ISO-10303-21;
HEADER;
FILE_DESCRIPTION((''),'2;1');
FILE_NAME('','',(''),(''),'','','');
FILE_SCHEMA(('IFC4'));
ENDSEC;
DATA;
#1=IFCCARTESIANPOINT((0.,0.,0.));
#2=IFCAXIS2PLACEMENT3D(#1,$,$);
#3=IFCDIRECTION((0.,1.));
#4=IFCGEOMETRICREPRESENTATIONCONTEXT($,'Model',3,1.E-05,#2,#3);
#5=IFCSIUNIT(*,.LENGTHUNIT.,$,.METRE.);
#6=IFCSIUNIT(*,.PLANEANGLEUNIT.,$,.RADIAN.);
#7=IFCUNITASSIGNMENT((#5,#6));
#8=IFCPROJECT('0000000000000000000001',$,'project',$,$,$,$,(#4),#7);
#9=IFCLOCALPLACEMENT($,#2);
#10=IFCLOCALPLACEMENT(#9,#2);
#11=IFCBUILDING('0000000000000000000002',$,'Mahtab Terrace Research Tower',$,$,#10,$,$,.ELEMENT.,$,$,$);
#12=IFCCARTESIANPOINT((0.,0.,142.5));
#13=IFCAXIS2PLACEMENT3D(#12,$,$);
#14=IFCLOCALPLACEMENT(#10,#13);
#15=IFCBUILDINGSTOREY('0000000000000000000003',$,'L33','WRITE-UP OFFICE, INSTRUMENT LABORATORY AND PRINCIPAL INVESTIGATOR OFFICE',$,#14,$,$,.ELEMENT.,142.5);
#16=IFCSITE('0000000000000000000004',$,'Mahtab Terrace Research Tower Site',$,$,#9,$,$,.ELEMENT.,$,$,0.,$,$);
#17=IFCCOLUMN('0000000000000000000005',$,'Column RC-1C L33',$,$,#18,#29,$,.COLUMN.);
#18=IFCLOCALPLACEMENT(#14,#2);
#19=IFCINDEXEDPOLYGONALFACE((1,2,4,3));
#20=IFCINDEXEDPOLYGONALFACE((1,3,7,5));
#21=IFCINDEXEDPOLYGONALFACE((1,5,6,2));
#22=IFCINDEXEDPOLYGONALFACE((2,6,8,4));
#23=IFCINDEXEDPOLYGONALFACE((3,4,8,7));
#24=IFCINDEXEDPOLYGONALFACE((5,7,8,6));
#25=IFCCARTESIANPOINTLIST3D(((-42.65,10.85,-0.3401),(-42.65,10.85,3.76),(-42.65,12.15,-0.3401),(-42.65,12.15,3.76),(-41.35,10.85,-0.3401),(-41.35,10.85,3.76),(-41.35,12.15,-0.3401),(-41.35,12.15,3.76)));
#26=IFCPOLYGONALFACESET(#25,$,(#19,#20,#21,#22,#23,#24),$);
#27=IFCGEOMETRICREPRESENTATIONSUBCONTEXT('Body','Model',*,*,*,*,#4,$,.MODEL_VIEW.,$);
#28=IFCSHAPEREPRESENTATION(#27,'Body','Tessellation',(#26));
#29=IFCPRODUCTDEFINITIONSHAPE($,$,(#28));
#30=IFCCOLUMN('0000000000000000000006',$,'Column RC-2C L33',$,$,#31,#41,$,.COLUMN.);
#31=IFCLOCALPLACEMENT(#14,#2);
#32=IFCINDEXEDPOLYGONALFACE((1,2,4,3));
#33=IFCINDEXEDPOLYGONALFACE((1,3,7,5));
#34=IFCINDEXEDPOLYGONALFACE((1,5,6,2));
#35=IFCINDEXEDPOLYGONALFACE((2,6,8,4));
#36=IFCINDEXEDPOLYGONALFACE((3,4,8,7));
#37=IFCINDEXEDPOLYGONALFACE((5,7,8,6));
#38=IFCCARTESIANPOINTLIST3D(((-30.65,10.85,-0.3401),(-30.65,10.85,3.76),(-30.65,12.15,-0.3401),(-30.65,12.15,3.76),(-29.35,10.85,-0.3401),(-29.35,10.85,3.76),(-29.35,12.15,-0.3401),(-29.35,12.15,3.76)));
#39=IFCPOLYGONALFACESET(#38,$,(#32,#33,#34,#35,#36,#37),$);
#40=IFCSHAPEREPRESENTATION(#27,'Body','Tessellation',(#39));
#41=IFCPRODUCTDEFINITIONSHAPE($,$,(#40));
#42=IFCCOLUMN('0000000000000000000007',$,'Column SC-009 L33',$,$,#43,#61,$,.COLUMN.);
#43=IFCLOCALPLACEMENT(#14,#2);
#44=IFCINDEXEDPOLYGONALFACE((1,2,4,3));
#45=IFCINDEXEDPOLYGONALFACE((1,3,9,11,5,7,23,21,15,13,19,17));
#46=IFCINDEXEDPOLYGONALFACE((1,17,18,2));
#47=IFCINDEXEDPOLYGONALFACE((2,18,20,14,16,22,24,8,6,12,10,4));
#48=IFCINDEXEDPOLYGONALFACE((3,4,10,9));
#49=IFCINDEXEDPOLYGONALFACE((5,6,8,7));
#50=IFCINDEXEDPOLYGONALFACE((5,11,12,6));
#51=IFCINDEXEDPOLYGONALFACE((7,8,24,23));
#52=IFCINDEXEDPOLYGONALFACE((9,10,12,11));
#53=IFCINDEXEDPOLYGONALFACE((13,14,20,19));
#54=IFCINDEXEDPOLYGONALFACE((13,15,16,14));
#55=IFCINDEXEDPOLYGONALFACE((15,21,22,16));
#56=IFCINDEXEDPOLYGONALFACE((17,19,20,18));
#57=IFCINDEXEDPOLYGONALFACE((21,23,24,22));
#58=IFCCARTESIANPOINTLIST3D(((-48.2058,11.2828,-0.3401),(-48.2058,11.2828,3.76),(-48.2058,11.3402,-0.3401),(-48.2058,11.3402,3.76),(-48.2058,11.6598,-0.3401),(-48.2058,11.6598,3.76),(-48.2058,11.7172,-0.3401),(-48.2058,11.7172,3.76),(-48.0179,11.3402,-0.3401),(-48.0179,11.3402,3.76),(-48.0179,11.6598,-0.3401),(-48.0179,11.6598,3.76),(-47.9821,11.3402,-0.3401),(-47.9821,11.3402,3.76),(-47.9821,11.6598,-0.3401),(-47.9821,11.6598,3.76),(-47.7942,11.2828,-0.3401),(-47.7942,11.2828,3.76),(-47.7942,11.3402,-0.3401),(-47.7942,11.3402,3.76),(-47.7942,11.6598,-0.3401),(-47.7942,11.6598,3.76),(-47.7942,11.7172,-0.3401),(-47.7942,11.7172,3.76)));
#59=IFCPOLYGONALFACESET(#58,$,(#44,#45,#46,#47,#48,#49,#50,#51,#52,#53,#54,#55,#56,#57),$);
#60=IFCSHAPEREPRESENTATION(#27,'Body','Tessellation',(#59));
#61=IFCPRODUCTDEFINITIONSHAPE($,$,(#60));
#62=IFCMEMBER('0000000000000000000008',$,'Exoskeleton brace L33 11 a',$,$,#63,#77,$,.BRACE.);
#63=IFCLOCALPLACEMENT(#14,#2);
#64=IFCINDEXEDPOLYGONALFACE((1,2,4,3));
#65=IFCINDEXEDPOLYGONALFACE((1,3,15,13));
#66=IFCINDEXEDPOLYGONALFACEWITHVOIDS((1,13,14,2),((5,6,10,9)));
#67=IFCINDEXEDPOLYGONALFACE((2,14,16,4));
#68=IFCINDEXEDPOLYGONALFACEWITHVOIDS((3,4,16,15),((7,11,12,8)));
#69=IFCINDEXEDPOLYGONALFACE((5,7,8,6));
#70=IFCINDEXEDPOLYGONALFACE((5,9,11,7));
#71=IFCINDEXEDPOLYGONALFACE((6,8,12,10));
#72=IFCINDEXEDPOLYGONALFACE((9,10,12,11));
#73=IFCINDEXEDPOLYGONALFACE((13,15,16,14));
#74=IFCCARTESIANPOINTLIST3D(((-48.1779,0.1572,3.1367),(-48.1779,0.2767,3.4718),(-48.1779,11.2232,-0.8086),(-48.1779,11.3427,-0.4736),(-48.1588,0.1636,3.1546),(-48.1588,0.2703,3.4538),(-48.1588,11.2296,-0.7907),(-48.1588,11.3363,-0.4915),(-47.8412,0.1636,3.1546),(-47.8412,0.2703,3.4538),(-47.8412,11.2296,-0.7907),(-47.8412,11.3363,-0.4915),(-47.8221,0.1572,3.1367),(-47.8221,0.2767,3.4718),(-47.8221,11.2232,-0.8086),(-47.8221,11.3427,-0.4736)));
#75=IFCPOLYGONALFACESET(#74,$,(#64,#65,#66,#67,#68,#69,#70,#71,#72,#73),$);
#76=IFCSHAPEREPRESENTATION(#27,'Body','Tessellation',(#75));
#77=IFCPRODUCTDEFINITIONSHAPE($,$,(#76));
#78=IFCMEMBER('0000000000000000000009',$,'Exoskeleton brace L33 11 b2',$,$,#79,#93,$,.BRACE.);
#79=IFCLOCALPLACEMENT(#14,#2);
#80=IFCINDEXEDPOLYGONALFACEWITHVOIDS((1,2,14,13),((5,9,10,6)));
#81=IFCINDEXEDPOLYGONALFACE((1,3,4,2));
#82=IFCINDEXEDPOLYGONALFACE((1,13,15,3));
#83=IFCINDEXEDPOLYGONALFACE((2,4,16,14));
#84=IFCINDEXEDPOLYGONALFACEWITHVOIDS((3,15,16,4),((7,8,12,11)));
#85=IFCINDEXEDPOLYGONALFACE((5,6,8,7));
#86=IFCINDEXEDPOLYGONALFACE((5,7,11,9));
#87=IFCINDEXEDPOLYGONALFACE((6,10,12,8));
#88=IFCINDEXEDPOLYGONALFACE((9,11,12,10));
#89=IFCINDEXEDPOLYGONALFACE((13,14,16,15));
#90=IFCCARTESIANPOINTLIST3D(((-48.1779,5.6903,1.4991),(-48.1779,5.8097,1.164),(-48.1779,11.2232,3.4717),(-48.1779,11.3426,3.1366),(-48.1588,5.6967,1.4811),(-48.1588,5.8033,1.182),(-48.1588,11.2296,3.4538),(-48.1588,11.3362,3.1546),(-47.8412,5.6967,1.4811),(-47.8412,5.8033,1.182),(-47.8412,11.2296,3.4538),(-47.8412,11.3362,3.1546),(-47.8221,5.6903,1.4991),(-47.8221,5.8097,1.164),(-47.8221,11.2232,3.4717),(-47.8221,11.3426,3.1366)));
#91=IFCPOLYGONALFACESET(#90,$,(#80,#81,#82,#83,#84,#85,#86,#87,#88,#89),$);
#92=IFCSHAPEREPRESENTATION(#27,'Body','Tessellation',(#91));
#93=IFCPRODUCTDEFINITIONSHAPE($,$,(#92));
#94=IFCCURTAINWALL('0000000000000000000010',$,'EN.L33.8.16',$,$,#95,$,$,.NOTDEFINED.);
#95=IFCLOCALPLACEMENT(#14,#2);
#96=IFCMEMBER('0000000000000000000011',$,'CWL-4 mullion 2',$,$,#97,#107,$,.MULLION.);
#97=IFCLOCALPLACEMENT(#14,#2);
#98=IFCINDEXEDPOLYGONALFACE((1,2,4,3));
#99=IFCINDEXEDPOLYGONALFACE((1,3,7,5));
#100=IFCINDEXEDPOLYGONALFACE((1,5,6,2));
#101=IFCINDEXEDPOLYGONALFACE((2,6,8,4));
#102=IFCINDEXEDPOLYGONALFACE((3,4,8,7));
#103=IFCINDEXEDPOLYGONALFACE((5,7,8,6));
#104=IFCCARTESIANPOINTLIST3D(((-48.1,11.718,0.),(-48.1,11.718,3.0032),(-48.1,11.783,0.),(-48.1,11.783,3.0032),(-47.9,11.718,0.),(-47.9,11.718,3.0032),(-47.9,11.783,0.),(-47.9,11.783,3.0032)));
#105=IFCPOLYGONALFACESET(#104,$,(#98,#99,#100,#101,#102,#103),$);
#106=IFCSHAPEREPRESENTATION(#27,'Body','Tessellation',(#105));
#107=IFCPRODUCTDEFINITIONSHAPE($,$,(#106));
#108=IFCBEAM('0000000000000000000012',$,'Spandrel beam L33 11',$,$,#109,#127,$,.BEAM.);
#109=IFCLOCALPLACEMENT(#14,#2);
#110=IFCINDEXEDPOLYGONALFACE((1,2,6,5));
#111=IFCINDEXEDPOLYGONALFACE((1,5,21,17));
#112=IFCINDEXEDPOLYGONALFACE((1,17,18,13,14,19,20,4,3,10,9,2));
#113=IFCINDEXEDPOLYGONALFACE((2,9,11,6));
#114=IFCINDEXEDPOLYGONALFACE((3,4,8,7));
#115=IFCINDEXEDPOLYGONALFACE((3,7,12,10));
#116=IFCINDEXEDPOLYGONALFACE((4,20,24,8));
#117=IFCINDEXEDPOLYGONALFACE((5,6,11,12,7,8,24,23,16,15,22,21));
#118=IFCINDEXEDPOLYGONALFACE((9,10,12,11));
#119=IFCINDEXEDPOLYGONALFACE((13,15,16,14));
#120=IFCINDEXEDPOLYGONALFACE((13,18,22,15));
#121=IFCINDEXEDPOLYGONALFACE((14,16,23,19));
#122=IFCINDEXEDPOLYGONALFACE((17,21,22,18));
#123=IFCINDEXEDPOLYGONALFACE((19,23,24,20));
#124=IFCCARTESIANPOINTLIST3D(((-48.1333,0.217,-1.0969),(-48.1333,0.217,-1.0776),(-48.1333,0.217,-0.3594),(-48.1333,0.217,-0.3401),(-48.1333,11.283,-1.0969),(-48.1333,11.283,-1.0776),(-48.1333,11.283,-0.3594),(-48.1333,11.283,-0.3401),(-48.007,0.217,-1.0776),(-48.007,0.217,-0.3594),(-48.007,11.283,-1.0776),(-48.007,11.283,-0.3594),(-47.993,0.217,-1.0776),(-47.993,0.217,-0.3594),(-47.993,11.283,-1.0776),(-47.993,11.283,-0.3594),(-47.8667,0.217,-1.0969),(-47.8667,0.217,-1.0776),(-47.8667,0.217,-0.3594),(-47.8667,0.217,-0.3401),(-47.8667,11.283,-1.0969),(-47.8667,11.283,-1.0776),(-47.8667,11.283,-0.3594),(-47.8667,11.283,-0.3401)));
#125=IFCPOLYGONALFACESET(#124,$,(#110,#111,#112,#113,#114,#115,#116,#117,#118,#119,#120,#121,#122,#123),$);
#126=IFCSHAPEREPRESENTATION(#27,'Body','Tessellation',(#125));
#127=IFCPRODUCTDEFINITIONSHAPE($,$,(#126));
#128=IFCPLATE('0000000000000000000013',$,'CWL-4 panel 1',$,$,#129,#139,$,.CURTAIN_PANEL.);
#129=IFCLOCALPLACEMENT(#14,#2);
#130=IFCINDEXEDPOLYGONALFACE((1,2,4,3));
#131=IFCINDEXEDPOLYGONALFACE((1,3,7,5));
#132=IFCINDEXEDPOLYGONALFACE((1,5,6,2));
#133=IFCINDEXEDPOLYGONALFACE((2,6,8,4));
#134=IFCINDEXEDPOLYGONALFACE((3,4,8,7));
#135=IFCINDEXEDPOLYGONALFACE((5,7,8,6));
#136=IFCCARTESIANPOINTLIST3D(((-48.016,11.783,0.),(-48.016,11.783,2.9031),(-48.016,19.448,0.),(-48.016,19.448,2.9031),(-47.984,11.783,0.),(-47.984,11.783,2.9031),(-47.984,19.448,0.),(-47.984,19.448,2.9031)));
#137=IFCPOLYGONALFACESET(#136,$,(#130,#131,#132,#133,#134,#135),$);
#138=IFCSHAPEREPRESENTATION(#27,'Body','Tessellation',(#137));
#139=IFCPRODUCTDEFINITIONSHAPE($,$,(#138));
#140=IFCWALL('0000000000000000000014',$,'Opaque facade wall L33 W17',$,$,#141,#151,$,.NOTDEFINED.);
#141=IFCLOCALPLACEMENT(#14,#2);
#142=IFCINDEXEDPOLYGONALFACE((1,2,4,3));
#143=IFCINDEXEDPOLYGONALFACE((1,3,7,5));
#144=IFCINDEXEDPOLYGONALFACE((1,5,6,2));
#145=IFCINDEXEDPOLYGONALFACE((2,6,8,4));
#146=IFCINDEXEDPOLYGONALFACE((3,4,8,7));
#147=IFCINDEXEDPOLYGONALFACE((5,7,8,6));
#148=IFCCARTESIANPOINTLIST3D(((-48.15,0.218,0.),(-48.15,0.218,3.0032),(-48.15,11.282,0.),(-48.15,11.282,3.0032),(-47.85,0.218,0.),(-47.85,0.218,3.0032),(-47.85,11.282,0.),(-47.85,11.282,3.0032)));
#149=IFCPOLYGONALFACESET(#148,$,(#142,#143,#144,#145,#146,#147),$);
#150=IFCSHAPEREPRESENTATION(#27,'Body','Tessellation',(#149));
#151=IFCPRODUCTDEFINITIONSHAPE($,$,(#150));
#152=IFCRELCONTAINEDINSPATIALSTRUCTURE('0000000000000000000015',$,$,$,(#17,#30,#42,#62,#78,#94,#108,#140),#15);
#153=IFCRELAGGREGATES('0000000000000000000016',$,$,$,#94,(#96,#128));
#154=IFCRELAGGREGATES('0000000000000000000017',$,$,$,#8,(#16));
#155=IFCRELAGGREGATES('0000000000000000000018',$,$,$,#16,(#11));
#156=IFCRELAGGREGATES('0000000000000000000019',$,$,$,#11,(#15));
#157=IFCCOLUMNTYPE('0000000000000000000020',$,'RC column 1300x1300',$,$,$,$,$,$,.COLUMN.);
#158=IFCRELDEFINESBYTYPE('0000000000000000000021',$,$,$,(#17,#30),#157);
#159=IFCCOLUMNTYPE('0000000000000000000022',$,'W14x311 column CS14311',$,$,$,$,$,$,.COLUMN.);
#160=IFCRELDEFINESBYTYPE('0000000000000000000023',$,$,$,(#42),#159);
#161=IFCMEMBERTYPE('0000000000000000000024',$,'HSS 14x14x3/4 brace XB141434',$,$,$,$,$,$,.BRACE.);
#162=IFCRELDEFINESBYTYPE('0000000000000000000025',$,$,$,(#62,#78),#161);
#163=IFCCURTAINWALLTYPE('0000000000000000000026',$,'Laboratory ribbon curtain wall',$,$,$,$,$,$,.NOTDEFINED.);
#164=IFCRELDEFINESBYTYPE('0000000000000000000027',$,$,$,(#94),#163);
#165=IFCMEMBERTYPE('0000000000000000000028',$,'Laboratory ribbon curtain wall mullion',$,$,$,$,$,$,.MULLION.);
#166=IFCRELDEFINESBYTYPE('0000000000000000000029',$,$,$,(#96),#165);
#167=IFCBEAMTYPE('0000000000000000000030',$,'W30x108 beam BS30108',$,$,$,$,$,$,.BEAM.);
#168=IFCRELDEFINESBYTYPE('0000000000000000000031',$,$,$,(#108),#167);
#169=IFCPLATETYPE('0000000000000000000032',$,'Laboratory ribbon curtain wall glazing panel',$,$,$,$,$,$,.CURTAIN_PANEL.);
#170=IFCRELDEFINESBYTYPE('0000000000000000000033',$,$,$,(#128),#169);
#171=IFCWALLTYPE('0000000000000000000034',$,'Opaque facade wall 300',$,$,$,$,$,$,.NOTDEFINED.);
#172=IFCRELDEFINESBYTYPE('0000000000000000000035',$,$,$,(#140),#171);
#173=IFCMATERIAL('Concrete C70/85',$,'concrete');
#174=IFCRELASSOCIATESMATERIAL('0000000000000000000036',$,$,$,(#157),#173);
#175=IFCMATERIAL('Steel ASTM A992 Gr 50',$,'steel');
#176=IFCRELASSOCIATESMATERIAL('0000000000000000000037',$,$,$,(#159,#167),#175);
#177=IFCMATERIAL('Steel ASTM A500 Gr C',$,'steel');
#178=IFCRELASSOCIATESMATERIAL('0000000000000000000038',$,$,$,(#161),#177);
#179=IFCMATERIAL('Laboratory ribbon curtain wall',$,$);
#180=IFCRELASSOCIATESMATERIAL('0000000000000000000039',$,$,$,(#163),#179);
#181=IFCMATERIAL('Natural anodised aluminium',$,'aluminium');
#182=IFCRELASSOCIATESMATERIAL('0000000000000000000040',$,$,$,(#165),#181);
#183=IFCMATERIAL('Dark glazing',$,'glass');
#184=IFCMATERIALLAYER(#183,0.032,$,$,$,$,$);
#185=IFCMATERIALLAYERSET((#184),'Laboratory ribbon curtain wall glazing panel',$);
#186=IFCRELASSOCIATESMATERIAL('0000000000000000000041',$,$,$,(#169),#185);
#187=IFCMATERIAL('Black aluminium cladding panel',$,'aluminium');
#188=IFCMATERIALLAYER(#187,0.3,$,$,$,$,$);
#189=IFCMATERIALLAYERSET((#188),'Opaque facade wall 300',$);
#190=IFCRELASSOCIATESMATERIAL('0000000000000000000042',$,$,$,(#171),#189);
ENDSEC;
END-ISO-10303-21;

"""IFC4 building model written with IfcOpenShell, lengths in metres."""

from ifc_helpers import new_model, si_unit, direction, frame, frame_2d, origin, origin_2d, place, context, subcontext, project, spatial, rectangle, hollow_rectangle, i_section, extrude, material, layer, layer_set, material_profile, profile_set, type_object, element, aggregate, save


model = new_model("IFC4")

# Units and contexts
model_context = context("Model", 3, precision=1e-05, world=origin(), true_north=direction((0.0, 1.0)))
body_context = subcontext(model_context, "Body", "Model", "MODEL_VIEW")
ifc_project = project(units=[si_unit("LENGTHUNIT", "METRE"), si_unit("PLANEANGLEUNIT", "RADIAN")], contexts=[model_context])

# Site, building, storey
site_placement = place(None, origin())
site = spatial("IfcSite", under=ifc_project, at=site_placement, Name="Mahtab Terrace Research Tower Site", CompositionType="ELEMENT", RefElevation=0.0)
building_placement = place(site_placement, origin())
building = spatial("IfcBuilding", under=site, at=building_placement, Name="Mahtab Terrace Research Tower", CompositionType="ELEMENT")
storey_placement = place(building_placement, frame((0.0, 0.0, 142.5)))
storey = spatial("IfcBuildingStorey", under=building, at=storey_placement, Name="L33", Description="WRITE-UP OFFICE, INSTRUMENT LABORATORY AND PRINCIPAL INVESTIGATOR OFFICE", CompositionType="ELEMENT", Elevation=142.5)

# Columns
ifc_material_1 = material(Name="Concrete C70/85", Category="concrete")
ifc_material_profile_1 = material_profile(ifc_material_1, rectangle(XDim=1.3, YDim=1.3, at=origin_2d()), Name="RC column 1300x1300")
ifc_profile_set_1 = profile_set([ifc_material_profile_1], Name="Concrete C70/85")
column_type_1 = type_object("IfcColumnType", Name="RC column 1300x1300", PredefinedType="COLUMN", material=ifc_profile_set_1)
for number, where, z_axis, x_axis, name in (
    (1, (-42.0, 11.5, -0.3401), (0.0, 0.0, 1.0), (1.0, 0.0, 0.0), "Column RC-1C L33"),
    (2, (-30.0, 11.5, -0.3401), (0.0, 0.0, 1.0), (1.0, 0.0, 0.0), "Column RC-2C L33"),
):
    element("IfcColumn", number, at=place(storey_placement, frame(where, z_axis=z_axis, x_axis=x_axis)), inside=storey, type_object=column_type_1, Name=name, PredefinedType="COLUMN", context=body_context, shape_type="SweptSolid", body=[
        extrude(rectangle(XDim=1.3, YDim=1.3, at=origin_2d()), origin(), (0.0, 0.0, 1.0), 4.1001),
    ])
ifc_material_2 = material(Name="Steel ASTM A992 Gr 50", Category="steel")
ifc_material_profile_2 = material_profile(ifc_material_2, i_section(OverallWidth=0.4116, OverallDepth=0.4343, WebThickness=0.0359, FlangeThickness=0.0574, at=origin_2d()), Name="W14X311")
ifc_profile_set_2 = profile_set([ifc_material_profile_2], Name="Steel ASTM A992 Gr 50")
column_type_2 = type_object("IfcColumnType", Name="W14x311 column CS14311", PredefinedType="COLUMN", material=ifc_profile_set_2)
column_placement = place(storey_placement, frame((-48.0, 11.5, -0.3401), z_axis=(0.0, 0.0, 1.0), x_axis=(1.0, 0.0, 0.0)))
element("IfcColumn", 3, at=column_placement, inside=storey, type_object=column_type_2, Name="Column SC-009 L33", PredefinedType="COLUMN", context=body_context, shape_type="SweptSolid", body=[
    extrude(i_section(OverallWidth=0.4116, OverallDepth=0.4343, WebThickness=0.0359, FlangeThickness=0.0574, at=origin_2d()), origin(), (0.0, 0.0, 1.0), 4.1001),
])

# Members
ifc_material_3 = material(Name="Steel ASTM A500 Gr C", Category="steel")
ifc_material_profile_3 = material_profile(ifc_material_3, hollow_rectangle(XDim=0.3557, YDim=0.3557, WallThickness=0.019, at=origin_2d()), Name="HSS14X14X3/4")
ifc_profile_set_3 = profile_set([ifc_material_profile_3], Name="Steel ASTM A500 Gr C")
member_type_1 = type_object("IfcMemberType", Name="HSS 14x14x3/4 brace XB141434", PredefinedType="BRACE", material=ifc_profile_set_3)
member_1_placement = place(storey_placement, frame((-48.0, 11.283, -0.6411), z_axis=(0.0, -0.941925, 0.335823), x_axis=(1.0, 0.0, 0.0)))
element("IfcMember", 4, at=member_1_placement, inside=storey, type_object=member_type_1, Name="Exoskeleton brace L33 11 a", PredefinedType="BRACE", context=body_context, shape_type="SweptSolid", body=[
    extrude(hollow_rectangle(XDim=0.3557, YDim=0.3557, WallThickness=0.019, at=origin_2d()), origin(), (0.0, 0.0, 1.0), 11.7483),
])
member_2_placement = place(storey_placement, frame((-48.0, 5.75, 1.3315), z_axis=(0.0, 0.941925, 0.335823), x_axis=(-1.0, 0.0, 0.0)))
element("IfcMember", 5, at=member_2_placement, inside=storey, type_object=member_type_1, Name="Exoskeleton brace L33 11 b2", PredefinedType="BRACE", context=body_context, shape_type="SweptSolid", body=[
    extrude(hollow_rectangle(XDim=0.3557, YDim=0.3557, WallThickness=0.019, at=origin_2d()), origin(), (0.0, 0.0, 1.0), 5.874),
])

# Curtain wall, member
ifc_material_4 = material(Name="Laboratory ribbon curtain wall")
curtain_wall_type = type_object("IfcCurtainWallType", Name="Laboratory ribbon curtain wall", PredefinedType="NOTDEFINED", material=ifc_material_4)
curtain_wall_placement = place(storey_placement, origin())
curtain_wall = element("IfcCurtainWall", 6, at=curtain_wall_placement, inside=storey, type_object=curtain_wall_type, Name="EN.L33.8.16", PredefinedType="NOTDEFINED")
ifc_material_5 = material(Name="Natural anodised aluminium", Category="aluminium")
ifc_material_profile_4 = material_profile(ifc_material_5, rectangle(XDim=0.2, YDim=0.0649, at=origin_2d()), Name="MULLION 65x200")
ifc_profile_set_4 = profile_set([ifc_material_profile_4], Name="Natural anodised aluminium")
member_type_2 = type_object("IfcMemberType", Name="Laboratory ribbon curtain wall mullion", PredefinedType="MULLION", material=ifc_profile_set_4)
member_3_placement = place(storey_placement, frame((-48.0, 11.7505, 0.0), z_axis=(0.0, 0.0, 1.0), x_axis=(1.0, 0.0, 0.0)))
member_3 = element("IfcMember", 7, at=member_3_placement, type_object=member_type_2, Name="CWL-4 mullion 2", PredefinedType="MULLION", context=body_context, shape_type="SweptSolid", body=[
    extrude(rectangle(XDim=0.2, YDim=0.0649, at=origin_2d()), origin(), (0.0, 0.0, 1.0), 3.0032),
])

# Beam
ifc_material_profile_5 = material_profile(ifc_material_2, i_section(OverallWidth=0.2666, OverallDepth=0.7568, WebThickness=0.0139, FlangeThickness=0.0193, at=origin_2d()), Name="W30X108")
ifc_profile_set_5 = profile_set([ifc_material_profile_5], Name="Steel ASTM A992 Gr 50")
beam_type = type_object("IfcBeamType", Name="W30x108 beam BS30108", PredefinedType="BEAM", material=ifc_profile_set_5)
beam_placement = place(storey_placement, frame((-48.0, 11.283, -0.7185), z_axis=(0.0, -1.0, 0.0), x_axis=(1.0, 0.0, 0.0)))
element("IfcBeam", 8, at=beam_placement, inside=storey, type_object=beam_type, Name="Spandrel beam L33 11", PredefinedType="BEAM", context=body_context, shape_type="SweptSolid", body=[
    extrude(i_section(OverallWidth=0.2666, OverallDepth=0.7568, WebThickness=0.0139, FlangeThickness=0.0193, at=origin_2d()), origin(), (0.0, 0.0, 1.0), 11.0659),
])

# Plate
ifc_material_6 = material(Name="Dark glazing", Category="glass")
ifc_layer_1 = layer(ifc_material_6, 0.032)
ifc_layer_set_1 = layer_set([ifc_layer_1], Name="Laboratory ribbon curtain wall glazing panel")
plate_type = type_object("IfcPlateType", Name="Laboratory ribbon curtain wall glazing panel", PredefinedType="CURTAIN_PANEL", material=ifc_layer_set_1)
plate_placement = place(storey_placement, frame((-48.0, 15.6155, 0.0), z_axis=(0.0, 0.0, 1.0), x_axis=(0.0, -1.0, 0.0)))
plate = element("IfcPlate", 9, at=plate_placement, type_object=plate_type, Name="CWL-4 panel 1", PredefinedType="CURTAIN_PANEL", context=body_context, shape_type="SweptSolid", body=[
    extrude(rectangle(XDim=7.665, YDim=0.032, at=origin_2d()), origin(), (0.0, 0.0, 1.0), 2.9031),
])
aggregate(curtain_wall, [member_3, plate])

# Wall
ifc_material_7 = material(Name="Black aluminium cladding panel", Category="aluminium")
ifc_layer_2 = layer(ifc_material_7, 0.3)
ifc_layer_set_2 = layer_set([ifc_layer_2], Name="Opaque facade wall 300")
wall_type_1 = type_object("IfcWallType", Name="Opaque facade wall 300", PredefinedType="NOTDEFINED", material=ifc_layer_set_2)
wall_1_placement = place(storey_placement, frame((-48.0, 11.282, 0.0), z_axis=(0.0, 0.0, 1.0), x_axis=(0.0, -1.0, 0.0)))
element("IfcWall", 10, at=wall_1_placement, inside=storey, type_object=wall_type_1, Name="Opaque facade wall L33 W17", PredefinedType="NOTDEFINED", context=body_context, shape_type="SweptSolid", body=[
    extrude(rectangle(XDim=11.064, YDim=0.3, at=frame_2d((5.532, 0.0))), origin(), (0.0, 0.0, 1.0), 3.0032),
])

save(model, "model.ifc")
